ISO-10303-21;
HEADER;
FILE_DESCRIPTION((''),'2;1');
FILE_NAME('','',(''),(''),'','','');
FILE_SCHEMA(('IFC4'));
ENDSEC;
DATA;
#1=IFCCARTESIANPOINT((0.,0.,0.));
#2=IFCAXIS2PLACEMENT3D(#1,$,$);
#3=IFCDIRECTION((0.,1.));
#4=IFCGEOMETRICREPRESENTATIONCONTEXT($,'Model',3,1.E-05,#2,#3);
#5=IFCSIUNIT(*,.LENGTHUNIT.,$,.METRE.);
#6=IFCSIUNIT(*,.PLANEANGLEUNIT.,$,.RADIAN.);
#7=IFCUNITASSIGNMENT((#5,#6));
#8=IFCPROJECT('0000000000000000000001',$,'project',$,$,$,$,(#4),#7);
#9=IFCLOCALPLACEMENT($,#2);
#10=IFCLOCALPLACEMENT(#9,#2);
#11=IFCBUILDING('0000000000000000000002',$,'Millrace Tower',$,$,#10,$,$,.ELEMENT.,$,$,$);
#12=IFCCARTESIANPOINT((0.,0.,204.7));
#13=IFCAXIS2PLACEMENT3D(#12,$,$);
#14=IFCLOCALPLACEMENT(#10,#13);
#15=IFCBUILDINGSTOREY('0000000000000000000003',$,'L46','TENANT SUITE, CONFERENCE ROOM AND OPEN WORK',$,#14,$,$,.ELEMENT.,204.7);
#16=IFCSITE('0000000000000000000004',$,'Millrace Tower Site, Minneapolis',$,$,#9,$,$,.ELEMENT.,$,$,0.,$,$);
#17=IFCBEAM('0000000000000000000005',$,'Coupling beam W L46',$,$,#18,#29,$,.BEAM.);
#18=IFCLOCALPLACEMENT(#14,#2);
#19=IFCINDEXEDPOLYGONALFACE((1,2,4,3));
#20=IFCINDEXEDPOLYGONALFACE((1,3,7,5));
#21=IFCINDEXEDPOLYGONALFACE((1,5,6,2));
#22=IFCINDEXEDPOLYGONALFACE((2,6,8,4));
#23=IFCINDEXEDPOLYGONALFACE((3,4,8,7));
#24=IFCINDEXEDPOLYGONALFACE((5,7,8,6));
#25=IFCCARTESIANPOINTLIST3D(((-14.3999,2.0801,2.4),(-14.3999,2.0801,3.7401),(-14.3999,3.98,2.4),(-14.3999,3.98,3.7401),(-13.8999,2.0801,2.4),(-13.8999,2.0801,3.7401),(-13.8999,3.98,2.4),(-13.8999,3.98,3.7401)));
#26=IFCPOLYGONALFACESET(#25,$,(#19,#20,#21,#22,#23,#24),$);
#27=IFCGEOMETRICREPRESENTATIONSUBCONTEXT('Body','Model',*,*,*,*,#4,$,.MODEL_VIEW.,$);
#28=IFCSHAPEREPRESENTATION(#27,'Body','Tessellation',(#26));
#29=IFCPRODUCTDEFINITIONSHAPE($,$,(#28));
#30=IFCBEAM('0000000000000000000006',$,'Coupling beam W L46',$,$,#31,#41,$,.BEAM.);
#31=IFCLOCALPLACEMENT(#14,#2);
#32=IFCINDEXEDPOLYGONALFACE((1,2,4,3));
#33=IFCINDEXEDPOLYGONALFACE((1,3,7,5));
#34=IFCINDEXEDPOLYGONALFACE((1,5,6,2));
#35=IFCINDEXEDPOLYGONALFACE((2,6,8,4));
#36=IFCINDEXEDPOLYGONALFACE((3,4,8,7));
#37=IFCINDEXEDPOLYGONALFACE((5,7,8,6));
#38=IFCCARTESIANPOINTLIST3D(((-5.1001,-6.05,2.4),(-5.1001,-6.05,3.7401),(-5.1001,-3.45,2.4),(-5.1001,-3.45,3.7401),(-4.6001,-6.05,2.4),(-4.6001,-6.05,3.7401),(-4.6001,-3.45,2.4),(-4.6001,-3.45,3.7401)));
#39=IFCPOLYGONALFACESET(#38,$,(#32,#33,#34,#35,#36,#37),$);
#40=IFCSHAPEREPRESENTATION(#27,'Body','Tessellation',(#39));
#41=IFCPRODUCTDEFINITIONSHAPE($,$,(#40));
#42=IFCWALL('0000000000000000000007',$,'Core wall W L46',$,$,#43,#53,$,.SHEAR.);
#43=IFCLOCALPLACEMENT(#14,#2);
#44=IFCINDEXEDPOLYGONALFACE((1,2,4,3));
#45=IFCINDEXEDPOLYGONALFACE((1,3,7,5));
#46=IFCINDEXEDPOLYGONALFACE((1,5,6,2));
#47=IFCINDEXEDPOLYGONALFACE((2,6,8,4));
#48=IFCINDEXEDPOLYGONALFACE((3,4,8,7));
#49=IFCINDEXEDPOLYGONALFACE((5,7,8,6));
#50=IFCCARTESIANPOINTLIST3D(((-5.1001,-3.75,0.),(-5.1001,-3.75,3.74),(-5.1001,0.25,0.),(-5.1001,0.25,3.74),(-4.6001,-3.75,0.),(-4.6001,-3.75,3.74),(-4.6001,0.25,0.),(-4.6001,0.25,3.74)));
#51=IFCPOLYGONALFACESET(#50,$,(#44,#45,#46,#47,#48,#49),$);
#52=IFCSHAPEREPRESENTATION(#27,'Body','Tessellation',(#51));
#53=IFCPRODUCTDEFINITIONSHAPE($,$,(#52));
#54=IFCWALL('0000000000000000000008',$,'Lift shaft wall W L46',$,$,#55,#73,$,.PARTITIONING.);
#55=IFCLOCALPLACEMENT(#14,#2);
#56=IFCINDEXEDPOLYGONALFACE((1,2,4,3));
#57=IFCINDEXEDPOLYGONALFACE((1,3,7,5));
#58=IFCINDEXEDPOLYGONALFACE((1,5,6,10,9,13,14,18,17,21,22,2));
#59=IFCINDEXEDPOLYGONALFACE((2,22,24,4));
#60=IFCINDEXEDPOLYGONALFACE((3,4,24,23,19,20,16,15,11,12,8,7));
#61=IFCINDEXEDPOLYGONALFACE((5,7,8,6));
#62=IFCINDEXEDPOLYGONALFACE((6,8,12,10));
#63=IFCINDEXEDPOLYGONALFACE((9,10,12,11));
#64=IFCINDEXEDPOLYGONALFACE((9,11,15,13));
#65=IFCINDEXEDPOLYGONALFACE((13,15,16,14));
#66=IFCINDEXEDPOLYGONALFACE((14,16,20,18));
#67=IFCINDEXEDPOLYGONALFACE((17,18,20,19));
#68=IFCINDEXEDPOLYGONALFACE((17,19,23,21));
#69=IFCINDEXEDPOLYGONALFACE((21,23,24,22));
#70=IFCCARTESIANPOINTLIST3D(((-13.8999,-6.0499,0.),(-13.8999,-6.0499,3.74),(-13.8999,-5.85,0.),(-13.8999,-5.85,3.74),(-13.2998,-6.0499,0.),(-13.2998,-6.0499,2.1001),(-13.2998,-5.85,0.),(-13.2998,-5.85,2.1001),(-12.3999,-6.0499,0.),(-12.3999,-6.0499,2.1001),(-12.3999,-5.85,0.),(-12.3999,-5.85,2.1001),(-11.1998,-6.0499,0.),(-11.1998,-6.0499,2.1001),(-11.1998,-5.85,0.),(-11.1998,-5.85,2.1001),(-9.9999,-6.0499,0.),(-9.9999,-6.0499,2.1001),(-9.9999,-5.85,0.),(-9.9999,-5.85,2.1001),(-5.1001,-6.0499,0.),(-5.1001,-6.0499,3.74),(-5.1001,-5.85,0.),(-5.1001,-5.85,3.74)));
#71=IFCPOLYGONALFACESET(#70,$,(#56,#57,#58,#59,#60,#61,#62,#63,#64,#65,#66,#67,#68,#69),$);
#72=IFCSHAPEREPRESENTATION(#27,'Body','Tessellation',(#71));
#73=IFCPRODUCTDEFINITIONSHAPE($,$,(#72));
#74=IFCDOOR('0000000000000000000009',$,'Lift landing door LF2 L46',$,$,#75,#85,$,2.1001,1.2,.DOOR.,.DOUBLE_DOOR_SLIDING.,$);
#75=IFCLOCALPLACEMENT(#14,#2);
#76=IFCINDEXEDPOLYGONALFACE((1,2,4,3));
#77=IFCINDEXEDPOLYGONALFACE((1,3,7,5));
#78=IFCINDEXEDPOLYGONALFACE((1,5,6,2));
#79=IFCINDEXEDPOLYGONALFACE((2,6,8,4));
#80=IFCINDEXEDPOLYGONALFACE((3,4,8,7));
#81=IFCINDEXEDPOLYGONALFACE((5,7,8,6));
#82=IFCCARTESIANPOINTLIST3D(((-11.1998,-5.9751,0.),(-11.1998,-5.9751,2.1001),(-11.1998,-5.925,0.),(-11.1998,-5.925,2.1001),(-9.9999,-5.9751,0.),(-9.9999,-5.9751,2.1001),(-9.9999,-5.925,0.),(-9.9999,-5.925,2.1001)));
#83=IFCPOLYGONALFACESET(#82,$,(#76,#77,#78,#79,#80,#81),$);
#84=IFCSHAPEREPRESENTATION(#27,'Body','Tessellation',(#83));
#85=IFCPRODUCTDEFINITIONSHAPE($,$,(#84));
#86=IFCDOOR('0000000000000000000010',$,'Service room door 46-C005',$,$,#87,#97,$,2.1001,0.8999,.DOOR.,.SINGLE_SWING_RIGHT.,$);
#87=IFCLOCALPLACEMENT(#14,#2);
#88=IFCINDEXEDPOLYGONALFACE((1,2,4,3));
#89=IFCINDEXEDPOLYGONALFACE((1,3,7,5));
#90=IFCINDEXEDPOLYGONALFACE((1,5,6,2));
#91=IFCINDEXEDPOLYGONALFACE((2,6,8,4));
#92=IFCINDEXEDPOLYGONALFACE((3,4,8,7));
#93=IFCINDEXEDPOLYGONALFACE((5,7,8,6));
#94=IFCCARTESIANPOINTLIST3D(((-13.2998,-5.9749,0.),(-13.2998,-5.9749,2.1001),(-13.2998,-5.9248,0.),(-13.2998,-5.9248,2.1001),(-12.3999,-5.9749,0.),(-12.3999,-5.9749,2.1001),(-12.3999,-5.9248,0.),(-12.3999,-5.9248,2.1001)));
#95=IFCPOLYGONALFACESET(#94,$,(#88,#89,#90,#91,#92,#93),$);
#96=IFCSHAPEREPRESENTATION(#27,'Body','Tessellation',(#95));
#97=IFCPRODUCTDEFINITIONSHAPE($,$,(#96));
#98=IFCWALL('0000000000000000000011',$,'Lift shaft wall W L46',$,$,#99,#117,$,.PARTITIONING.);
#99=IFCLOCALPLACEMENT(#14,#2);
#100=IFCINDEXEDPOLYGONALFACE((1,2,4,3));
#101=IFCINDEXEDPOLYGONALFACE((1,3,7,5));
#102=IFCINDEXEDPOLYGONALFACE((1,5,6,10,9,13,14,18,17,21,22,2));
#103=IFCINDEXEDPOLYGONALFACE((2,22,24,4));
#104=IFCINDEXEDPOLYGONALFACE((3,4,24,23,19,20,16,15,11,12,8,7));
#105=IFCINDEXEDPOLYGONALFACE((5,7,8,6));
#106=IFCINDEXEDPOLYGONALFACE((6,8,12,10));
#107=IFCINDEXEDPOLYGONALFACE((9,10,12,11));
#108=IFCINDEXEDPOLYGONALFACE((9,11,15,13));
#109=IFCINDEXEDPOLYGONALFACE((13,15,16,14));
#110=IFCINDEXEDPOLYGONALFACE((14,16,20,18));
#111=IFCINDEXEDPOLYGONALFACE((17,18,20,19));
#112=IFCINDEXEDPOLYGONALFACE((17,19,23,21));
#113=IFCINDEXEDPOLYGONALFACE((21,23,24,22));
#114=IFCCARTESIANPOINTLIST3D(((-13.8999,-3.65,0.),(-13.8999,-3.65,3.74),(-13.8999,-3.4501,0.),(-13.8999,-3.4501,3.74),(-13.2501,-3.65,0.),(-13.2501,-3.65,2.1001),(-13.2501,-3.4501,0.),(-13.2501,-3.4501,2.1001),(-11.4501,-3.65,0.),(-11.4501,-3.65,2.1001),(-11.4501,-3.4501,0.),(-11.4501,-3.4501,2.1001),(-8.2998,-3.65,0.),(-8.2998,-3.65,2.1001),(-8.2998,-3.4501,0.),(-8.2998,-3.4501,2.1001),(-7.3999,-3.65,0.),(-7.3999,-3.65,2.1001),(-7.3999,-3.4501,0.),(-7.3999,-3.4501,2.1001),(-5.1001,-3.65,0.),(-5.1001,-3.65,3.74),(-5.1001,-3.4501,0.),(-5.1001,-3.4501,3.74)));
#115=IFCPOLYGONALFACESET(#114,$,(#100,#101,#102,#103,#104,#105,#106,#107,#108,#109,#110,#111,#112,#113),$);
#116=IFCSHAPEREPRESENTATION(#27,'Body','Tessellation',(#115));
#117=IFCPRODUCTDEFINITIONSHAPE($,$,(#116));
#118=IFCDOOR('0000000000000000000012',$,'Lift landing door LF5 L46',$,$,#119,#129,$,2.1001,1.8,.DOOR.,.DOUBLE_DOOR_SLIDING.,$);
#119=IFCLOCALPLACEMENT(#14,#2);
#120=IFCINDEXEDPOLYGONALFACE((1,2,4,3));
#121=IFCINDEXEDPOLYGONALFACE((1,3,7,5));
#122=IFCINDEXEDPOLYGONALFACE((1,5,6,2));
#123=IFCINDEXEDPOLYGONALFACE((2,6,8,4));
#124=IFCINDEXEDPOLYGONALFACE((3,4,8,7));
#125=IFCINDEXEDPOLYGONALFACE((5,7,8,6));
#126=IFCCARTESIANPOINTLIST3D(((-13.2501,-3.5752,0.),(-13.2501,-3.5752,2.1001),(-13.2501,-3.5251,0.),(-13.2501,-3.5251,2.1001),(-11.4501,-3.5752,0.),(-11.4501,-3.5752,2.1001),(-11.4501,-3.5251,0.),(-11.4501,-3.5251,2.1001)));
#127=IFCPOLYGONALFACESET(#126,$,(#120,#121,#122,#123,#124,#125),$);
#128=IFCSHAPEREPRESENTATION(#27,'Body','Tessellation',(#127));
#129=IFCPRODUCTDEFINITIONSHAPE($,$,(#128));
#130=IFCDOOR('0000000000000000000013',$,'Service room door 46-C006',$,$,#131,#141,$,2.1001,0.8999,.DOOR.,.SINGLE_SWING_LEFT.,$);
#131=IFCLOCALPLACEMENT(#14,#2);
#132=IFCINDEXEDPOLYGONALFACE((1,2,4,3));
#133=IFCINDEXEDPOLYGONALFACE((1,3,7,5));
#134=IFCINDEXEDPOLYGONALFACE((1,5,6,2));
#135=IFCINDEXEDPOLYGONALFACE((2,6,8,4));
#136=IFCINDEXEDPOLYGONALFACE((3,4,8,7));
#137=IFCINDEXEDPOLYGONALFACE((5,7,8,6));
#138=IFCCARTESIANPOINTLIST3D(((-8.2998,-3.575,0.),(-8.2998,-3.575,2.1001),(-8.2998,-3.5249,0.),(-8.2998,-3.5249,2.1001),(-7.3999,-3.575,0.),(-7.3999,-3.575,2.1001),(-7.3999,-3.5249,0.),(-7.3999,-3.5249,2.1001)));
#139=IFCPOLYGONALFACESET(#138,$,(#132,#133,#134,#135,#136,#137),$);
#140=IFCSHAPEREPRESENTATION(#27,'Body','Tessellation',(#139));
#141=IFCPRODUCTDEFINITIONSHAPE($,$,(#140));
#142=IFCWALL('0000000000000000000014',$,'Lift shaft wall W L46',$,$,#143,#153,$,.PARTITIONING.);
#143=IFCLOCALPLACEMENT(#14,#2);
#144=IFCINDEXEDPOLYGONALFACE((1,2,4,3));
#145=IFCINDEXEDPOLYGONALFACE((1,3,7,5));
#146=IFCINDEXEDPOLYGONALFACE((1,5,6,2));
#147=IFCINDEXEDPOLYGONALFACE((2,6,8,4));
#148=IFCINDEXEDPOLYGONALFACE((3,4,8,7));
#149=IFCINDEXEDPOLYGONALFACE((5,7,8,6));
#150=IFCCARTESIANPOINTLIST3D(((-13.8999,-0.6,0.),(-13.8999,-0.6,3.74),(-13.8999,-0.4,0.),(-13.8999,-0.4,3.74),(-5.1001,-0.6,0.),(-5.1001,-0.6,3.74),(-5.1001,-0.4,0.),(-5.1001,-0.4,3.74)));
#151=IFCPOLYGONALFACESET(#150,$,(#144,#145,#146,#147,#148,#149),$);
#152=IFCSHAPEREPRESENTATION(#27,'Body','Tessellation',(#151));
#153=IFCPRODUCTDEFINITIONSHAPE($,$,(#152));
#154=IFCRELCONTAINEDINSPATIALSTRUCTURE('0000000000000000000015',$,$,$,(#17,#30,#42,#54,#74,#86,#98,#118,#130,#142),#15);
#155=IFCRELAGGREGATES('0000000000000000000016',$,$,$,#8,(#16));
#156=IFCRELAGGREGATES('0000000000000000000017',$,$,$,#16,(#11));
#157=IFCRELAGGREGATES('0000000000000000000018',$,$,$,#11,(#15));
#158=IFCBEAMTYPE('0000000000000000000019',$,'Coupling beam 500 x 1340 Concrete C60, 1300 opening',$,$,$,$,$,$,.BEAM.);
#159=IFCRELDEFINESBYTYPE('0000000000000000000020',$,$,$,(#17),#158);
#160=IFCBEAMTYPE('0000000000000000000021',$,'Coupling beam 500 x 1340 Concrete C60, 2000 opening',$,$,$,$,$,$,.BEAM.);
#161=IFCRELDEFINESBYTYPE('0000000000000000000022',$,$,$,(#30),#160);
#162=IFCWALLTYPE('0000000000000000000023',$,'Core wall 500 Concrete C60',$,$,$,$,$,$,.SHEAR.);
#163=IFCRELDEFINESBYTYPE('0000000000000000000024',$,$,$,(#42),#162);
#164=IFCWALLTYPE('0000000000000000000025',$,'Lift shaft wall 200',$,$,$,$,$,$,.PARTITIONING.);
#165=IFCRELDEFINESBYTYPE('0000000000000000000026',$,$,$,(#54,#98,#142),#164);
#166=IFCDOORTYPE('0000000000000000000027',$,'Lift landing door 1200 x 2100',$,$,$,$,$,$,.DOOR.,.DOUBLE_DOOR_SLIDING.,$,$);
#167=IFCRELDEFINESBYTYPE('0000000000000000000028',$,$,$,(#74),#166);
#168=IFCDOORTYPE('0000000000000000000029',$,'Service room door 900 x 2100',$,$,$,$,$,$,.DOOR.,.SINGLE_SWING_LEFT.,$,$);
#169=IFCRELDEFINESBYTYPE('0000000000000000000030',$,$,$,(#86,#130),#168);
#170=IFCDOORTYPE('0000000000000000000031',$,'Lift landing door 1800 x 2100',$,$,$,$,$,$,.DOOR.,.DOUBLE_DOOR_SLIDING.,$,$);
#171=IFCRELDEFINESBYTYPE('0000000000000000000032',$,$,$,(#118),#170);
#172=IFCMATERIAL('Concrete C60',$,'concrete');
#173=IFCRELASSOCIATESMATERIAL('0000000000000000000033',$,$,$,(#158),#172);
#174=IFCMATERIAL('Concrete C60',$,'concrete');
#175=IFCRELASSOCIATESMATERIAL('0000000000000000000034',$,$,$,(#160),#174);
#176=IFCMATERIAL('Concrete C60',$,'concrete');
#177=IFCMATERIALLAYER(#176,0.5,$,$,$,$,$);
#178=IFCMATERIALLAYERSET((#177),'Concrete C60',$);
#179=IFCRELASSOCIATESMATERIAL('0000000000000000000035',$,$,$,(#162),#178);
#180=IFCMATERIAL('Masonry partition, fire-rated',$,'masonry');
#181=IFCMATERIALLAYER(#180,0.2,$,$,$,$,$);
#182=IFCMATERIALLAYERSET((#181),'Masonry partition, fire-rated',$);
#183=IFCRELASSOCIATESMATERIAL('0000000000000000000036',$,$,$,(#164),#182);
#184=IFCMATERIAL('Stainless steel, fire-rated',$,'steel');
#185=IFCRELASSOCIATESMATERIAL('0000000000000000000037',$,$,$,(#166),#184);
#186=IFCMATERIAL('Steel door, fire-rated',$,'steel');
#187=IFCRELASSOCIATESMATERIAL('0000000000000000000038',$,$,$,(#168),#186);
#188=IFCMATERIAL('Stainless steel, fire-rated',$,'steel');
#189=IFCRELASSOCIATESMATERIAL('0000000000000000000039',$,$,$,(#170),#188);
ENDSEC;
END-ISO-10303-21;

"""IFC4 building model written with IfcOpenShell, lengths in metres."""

from ifc_helpers import new_model, si_unit, direction, frame, frame_2d, origin, origin_2d, place, context, subcontext, project, spatial, rectangle, extrude, material, layer, layer_set, material_profile, profile_set, type_object, element, fill, save


model = new_model("IFC4")

# Units and contexts
model_context = context("Model", 3, precision=1e-05, world=origin(), true_north=direction((0.0, 1.0)))
body_context = subcontext(model_context, "Body", "Model", "MODEL_VIEW")
ifc_project = project(units=[si_unit("LENGTHUNIT", "METRE"), si_unit("PLANEANGLEUNIT", "RADIAN")], contexts=[model_context])

# Site, building, storey
site_placement = place(None, origin())
site = spatial("IfcSite", under=ifc_project, at=site_placement, Name="Millrace Tower Site, Minneapolis", CompositionType="ELEMENT", RefElevation=0.0)
building_placement = place(site_placement, origin())
building = spatial("IfcBuilding", under=site, at=building_placement, Name="Millrace Tower", CompositionType="ELEMENT")
storey_placement = place(building_placement, frame((0.0, 0.0, 204.7)))
storey = spatial("IfcBuildingStorey", under=building, at=storey_placement, Name="L46", Description="TENANT SUITE, CONFERENCE ROOM AND OPEN WORK", CompositionType="ELEMENT", Elevation=204.7)

# Beams
ifc_material_1 = material(Name="Concrete C60", Category="concrete")
ifc_material_profile_1 = material_profile(ifc_material_1, rectangle(XDim=0.5, YDim=1.3401, at=origin_2d()))
ifc_profile_set_1 = profile_set([ifc_material_profile_1], Name="Concrete C60")
beam_type_1 = type_object("IfcBeamType", Name="Coupling beam 500 x 1340 Concrete C60, 1300 opening", PredefinedType="BEAM", material=ifc_profile_set_1)
beam_1_placement = place(storey_placement, frame((-14.1499, 2.0801, 3.0701), z_axis=(0.0, 1.0, 0.0), x_axis=(-1.0, 0.0, 0.0)))
element("IfcBeam", 1, at=beam_1_placement, inside=storey, type_object=beam_type_1, Name="Coupling beam W L46", PredefinedType="BEAM", context=body_context, shape_type="SweptSolid", body=[
    extrude(rectangle(XDim=0.5, YDim=1.3401, at=origin_2d()), origin(), (0.0, 0.0, 1.0), 1.8999),
])
ifc_material_2 = material(Name="Concrete C60", Category="concrete")
ifc_material_profile_2 = material_profile(ifc_material_2, rectangle(XDim=0.5, YDim=1.3401, at=origin_2d()))
ifc_profile_set_2 = profile_set([ifc_material_profile_2], Name="Concrete C60")
beam_type_2 = type_object("IfcBeamType", Name="Coupling beam 500 x 1340 Concrete C60, 2000 opening", PredefinedType="BEAM", material=ifc_profile_set_2)
beam_2_placement = place(storey_placement, frame((-4.8501, -6.05, 3.0701), z_axis=(0.0, 1.0, 0.0), x_axis=(-1.0, 0.0, 0.0)))
element("IfcBeam", 2, at=beam_2_placement, inside=storey, type_object=beam_type_2, Name="Coupling beam W L46", PredefinedType="BEAM", context=body_context, shape_type="SweptSolid", body=[
    extrude(rectangle(XDim=0.5, YDim=1.3401, at=origin_2d()), origin(), (0.0, 0.0, 1.0), 2.6001),
])

# Wall
ifc_material_3 = material(Name="Concrete C60", Category="concrete")
ifc_layer_1 = layer(ifc_material_3, 0.5)
ifc_layer_set_1 = layer_set([ifc_layer_1], Name="Concrete C60")
wall_type_1 = type_object("IfcWallType", Name="Core wall 500 Concrete C60", PredefinedType="SHEAR", material=ifc_layer_set_1)
wall_1_placement = place(storey_placement, frame((-4.8501, -3.75, 0.0), z_axis=(0.0, 0.0, 1.0), x_axis=(0.0, 1.0, 0.0)))
element("IfcWall", 3, at=wall_1_placement, inside=storey, type_object=wall_type_1, Name="Core wall W L46", PredefinedType="SHEAR", context=body_context, shape_type="SweptSolid", body=[
    extrude(rectangle(XDim=4.0, YDim=0.5, at=frame_2d((2.0, 0.0))), origin(), (0.0, 0.0, 1.0), 3.74),
])

# Walls, openings, doors
ifc_material_4 = material(Name="Masonry partition, fire-rated", Category="masonry")
ifc_layer_2 = layer(ifc_material_4, 0.2)
ifc_layer_set_2 = layer_set([ifc_layer_2], Name="Masonry partition, fire-rated")
wall_type_2 = type_object("IfcWallType", Name="Lift shaft wall 200", PredefinedType="PARTITIONING", material=ifc_layer_set_2)
wall_2_placement = place(storey_placement, frame((-13.8999, -5.95, 0.0), z_axis=(0.0, 0.0, 1.0), x_axis=(1.0, 0.0, 0.0)))
wall_2 = element("IfcWall", 4, at=wall_2_placement, inside=storey, type_object=wall_type_2, Name="Lift shaft wall W L46", PredefinedType="PARTITIONING", context=body_context, shape_type="SweptSolid", body=[
    extrude(rectangle(XDim=8.7998, YDim=0.2, at=frame_2d((4.3999, 0.0))), origin(), (0.0, 0.0, 1.0), 3.74),
])
opening_1_placement = place(wall_2_placement, frame((2.7, 0.0, 0.0)))
opening_1 = element("IfcOpeningElement", 5, at=opening_1_placement, cuts=wall_2, PredefinedType="OPENING", context=body_context, shape_type="SweptSolid", body=[
    extrude(rectangle(XDim=1.2, YDim=2.1001, at=frame_2d((0.6001, 1.05))), frame((0.0, 0.1099, 0.0), z_axis=(0.0, -1.0, 0.0), x_axis=(1.0, 0.0, 0.0)), (0.0, 0.0, 1.0), 0.22),
])
opening_2_placement = place(wall_2_placement, frame((0.6001, 0.0, 0.0)))
opening_2 = element("IfcOpeningElement", 6, at=opening_2_placement, cuts=wall_2, PredefinedType="OPENING", context=body_context, shape_type="SweptSolid", body=[
    extrude(rectangle(XDim=0.8999, YDim=2.1001, at=frame_2d((0.45, 1.05))), frame((0.0, 0.1099, 0.0), z_axis=(0.0, -1.0, 0.0), x_axis=(1.0, 0.0, 0.0)), (0.0, 0.0, 1.0), 0.22),
])
ifc_material_5 = material(Name="Stainless steel, fire-rated", Category="steel")
door_type_1 = type_object("IfcDoorType", Name="Lift landing door 1200 x 2100", OperationType="DOUBLE_DOOR_SLIDING", PredefinedType="DOOR", material=ifc_material_5)
door_1_placement = place(opening_1_placement, origin())
door_1 = element("IfcDoor", 7, at=door_1_placement, inside=storey, type_object=door_type_1, Name="Lift landing door LF2 L46", OperationType="DOUBLE_DOOR_SLIDING", OverallHeight=2.1001, OverallWidth=1.2, PredefinedType="DOOR", context=body_context, shape_type="SweptSolid", body=[
    extrude(rectangle(XDim=1.2, YDim=2.1001, at=frame_2d((0.6001, 1.05))), frame((0.0, 0.0249, 0.0), z_axis=(0.0, -1.0, 0.0), x_axis=(1.0, 0.0, 0.0)), (0.0, 0.0, 1.0), 0.05),
])
fill(opening_1, door_1)
ifc_material_6 = material(Name="Steel door, fire-rated", Category="steel")
door_type_2 = type_object("IfcDoorType", Name="Service room door 900 x 2100", OperationType="SINGLE_SWING_LEFT", PredefinedType="DOOR", material=ifc_material_6)
door_2_placement = place(opening_2_placement, frame((0.8999, 0.0, 0.0), z_axis=(0.0, 0.0, 1.0), x_axis=(-1.0, 0.0, 0.0)))
door_2 = element("IfcDoor", 8, at=door_2_placement, inside=storey, type_object=door_type_2, Name="Service room door 46-C005", OperationType="SINGLE_SWING_RIGHT", OverallHeight=2.1001, OverallWidth=0.8999, PredefinedType="DOOR", context=body_context, shape_type="SweptSolid", body=[
    extrude(rectangle(XDim=0.8999, YDim=2.1001, at=frame_2d((0.45, 1.05))), frame((0.0, 0.0249, 0.0), z_axis=(0.0, -1.0, 0.0), x_axis=(1.0, 0.0, 0.0)), (0.0, 0.0, 1.0), 0.05),
])
fill(opening_2, door_2)
wall_3_placement = place(storey_placement, frame((-13.8999, -3.55, 0.0), z_axis=(0.0, 0.0, 1.0), x_axis=(1.0, 0.0, 0.0)))
wall_3 = element("IfcWall", 9, at=wall_3_placement, inside=storey, type_object=wall_type_2, Name="Lift shaft wall W L46", PredefinedType="PARTITIONING", context=body_context, shape_type="SweptSolid", body=[
    extrude(rectangle(XDim=8.7998, YDim=0.2, at=frame_2d((4.3999, 0.0))), origin(), (0.0, 0.0, 1.0), 3.74),
])
opening_3_placement = place(wall_3_placement, frame((0.6499, 0.0, 0.0)))
opening_3 = element("IfcOpeningElement", 10, at=opening_3_placement, cuts=wall_3, PredefinedType="OPENING", context=body_context, shape_type="SweptSolid", body=[
    extrude(rectangle(XDim=1.8, YDim=2.1001, at=frame_2d((0.8999, 1.05))), frame((0.0, 0.1099, 0.0), z_axis=(0.0, -1.0, 0.0), x_axis=(1.0, 0.0, 0.0)), (0.0, 0.0, 1.0), 0.22),
])
opening_4_placement = place(wall_3_placement, frame((5.6001, 0.0, 0.0)))
opening_4 = element("IfcOpeningElement", 11, at=opening_4_placement, cuts=wall_3, PredefinedType="OPENING", context=body_context, shape_type="SweptSolid", body=[
    extrude(rectangle(XDim=0.8999, YDim=2.1001, at=frame_2d((0.45, 1.05))), frame((0.0, 0.1099, 0.0), z_axis=(0.0, -1.0, 0.0), x_axis=(1.0, 0.0, 0.0)), (0.0, 0.0, 1.0), 0.22),
])
ifc_material_7 = material(Name="Stainless steel, fire-rated", Category="steel")
door_type_3 = type_object("IfcDoorType", Name="Lift landing door 1800 x 2100", OperationType="DOUBLE_DOOR_SLIDING", PredefinedType="DOOR", material=ifc_material_7)
door_3_placement = place(opening_3_placement, origin())
door_3 = element("IfcDoor", 12, at=door_3_placement, inside=storey, type_object=door_type_3, Name="Lift landing door LF5 L46", OperationType="DOUBLE_DOOR_SLIDING", OverallHeight=2.1001, OverallWidth=1.8, PredefinedType="DOOR", context=body_context, shape_type="SweptSolid", body=[
    extrude(rectangle(XDim=1.8, YDim=2.1001, at=frame_2d((0.8999, 1.05))), frame((0.0, 0.0249, 0.0), z_axis=(0.0, -1.0, 0.0), x_axis=(1.0, 0.0, 0.0)), (0.0, 0.0, 1.0), 0.05),
])
fill(opening_3, door_3)
door_4_placement = place(opening_4_placement, frame((0.8999, 0.0, 0.0), z_axis=(0.0, 0.0, 1.0), x_axis=(-1.0, 0.0, 0.0)))
door_4 = element("IfcDoor", 13, at=door_4_placement, inside=storey, type_object=door_type_2, Name="Service room door 46-C006", OperationType="SINGLE_SWING_LEFT", OverallHeight=2.1001, OverallWidth=0.8999, PredefinedType="DOOR", context=body_context, shape_type="SweptSolid", body=[
    extrude(rectangle(XDim=0.8999, YDim=2.1001, at=frame_2d((0.45, 1.05))), frame((0.0, 0.0249, 0.0), z_axis=(0.0, -1.0, 0.0), x_axis=(1.0, 0.0, 0.0)), (0.0, 0.0, 1.0), 0.05),
])
fill(opening_4, door_4)

# Wall
wall_4_placement = place(storey_placement, frame((-13.8999, -0.5, 0.0), z_axis=(0.0, 0.0, 1.0), x_axis=(1.0, 0.0, 0.0)))
element("IfcWall", 14, at=wall_4_placement, inside=storey, type_object=wall_type_2, Name="Lift shaft wall W L46", PredefinedType="PARTITIONING", context=body_context, shape_type="SweptSolid", body=[
    extrude(rectangle(XDim=8.7998, YDim=0.2, at=frame_2d((4.3999, 0.0))), origin(), (0.0, 0.0, 1.0), 3.74),
])

save(model, "model.ifc")
